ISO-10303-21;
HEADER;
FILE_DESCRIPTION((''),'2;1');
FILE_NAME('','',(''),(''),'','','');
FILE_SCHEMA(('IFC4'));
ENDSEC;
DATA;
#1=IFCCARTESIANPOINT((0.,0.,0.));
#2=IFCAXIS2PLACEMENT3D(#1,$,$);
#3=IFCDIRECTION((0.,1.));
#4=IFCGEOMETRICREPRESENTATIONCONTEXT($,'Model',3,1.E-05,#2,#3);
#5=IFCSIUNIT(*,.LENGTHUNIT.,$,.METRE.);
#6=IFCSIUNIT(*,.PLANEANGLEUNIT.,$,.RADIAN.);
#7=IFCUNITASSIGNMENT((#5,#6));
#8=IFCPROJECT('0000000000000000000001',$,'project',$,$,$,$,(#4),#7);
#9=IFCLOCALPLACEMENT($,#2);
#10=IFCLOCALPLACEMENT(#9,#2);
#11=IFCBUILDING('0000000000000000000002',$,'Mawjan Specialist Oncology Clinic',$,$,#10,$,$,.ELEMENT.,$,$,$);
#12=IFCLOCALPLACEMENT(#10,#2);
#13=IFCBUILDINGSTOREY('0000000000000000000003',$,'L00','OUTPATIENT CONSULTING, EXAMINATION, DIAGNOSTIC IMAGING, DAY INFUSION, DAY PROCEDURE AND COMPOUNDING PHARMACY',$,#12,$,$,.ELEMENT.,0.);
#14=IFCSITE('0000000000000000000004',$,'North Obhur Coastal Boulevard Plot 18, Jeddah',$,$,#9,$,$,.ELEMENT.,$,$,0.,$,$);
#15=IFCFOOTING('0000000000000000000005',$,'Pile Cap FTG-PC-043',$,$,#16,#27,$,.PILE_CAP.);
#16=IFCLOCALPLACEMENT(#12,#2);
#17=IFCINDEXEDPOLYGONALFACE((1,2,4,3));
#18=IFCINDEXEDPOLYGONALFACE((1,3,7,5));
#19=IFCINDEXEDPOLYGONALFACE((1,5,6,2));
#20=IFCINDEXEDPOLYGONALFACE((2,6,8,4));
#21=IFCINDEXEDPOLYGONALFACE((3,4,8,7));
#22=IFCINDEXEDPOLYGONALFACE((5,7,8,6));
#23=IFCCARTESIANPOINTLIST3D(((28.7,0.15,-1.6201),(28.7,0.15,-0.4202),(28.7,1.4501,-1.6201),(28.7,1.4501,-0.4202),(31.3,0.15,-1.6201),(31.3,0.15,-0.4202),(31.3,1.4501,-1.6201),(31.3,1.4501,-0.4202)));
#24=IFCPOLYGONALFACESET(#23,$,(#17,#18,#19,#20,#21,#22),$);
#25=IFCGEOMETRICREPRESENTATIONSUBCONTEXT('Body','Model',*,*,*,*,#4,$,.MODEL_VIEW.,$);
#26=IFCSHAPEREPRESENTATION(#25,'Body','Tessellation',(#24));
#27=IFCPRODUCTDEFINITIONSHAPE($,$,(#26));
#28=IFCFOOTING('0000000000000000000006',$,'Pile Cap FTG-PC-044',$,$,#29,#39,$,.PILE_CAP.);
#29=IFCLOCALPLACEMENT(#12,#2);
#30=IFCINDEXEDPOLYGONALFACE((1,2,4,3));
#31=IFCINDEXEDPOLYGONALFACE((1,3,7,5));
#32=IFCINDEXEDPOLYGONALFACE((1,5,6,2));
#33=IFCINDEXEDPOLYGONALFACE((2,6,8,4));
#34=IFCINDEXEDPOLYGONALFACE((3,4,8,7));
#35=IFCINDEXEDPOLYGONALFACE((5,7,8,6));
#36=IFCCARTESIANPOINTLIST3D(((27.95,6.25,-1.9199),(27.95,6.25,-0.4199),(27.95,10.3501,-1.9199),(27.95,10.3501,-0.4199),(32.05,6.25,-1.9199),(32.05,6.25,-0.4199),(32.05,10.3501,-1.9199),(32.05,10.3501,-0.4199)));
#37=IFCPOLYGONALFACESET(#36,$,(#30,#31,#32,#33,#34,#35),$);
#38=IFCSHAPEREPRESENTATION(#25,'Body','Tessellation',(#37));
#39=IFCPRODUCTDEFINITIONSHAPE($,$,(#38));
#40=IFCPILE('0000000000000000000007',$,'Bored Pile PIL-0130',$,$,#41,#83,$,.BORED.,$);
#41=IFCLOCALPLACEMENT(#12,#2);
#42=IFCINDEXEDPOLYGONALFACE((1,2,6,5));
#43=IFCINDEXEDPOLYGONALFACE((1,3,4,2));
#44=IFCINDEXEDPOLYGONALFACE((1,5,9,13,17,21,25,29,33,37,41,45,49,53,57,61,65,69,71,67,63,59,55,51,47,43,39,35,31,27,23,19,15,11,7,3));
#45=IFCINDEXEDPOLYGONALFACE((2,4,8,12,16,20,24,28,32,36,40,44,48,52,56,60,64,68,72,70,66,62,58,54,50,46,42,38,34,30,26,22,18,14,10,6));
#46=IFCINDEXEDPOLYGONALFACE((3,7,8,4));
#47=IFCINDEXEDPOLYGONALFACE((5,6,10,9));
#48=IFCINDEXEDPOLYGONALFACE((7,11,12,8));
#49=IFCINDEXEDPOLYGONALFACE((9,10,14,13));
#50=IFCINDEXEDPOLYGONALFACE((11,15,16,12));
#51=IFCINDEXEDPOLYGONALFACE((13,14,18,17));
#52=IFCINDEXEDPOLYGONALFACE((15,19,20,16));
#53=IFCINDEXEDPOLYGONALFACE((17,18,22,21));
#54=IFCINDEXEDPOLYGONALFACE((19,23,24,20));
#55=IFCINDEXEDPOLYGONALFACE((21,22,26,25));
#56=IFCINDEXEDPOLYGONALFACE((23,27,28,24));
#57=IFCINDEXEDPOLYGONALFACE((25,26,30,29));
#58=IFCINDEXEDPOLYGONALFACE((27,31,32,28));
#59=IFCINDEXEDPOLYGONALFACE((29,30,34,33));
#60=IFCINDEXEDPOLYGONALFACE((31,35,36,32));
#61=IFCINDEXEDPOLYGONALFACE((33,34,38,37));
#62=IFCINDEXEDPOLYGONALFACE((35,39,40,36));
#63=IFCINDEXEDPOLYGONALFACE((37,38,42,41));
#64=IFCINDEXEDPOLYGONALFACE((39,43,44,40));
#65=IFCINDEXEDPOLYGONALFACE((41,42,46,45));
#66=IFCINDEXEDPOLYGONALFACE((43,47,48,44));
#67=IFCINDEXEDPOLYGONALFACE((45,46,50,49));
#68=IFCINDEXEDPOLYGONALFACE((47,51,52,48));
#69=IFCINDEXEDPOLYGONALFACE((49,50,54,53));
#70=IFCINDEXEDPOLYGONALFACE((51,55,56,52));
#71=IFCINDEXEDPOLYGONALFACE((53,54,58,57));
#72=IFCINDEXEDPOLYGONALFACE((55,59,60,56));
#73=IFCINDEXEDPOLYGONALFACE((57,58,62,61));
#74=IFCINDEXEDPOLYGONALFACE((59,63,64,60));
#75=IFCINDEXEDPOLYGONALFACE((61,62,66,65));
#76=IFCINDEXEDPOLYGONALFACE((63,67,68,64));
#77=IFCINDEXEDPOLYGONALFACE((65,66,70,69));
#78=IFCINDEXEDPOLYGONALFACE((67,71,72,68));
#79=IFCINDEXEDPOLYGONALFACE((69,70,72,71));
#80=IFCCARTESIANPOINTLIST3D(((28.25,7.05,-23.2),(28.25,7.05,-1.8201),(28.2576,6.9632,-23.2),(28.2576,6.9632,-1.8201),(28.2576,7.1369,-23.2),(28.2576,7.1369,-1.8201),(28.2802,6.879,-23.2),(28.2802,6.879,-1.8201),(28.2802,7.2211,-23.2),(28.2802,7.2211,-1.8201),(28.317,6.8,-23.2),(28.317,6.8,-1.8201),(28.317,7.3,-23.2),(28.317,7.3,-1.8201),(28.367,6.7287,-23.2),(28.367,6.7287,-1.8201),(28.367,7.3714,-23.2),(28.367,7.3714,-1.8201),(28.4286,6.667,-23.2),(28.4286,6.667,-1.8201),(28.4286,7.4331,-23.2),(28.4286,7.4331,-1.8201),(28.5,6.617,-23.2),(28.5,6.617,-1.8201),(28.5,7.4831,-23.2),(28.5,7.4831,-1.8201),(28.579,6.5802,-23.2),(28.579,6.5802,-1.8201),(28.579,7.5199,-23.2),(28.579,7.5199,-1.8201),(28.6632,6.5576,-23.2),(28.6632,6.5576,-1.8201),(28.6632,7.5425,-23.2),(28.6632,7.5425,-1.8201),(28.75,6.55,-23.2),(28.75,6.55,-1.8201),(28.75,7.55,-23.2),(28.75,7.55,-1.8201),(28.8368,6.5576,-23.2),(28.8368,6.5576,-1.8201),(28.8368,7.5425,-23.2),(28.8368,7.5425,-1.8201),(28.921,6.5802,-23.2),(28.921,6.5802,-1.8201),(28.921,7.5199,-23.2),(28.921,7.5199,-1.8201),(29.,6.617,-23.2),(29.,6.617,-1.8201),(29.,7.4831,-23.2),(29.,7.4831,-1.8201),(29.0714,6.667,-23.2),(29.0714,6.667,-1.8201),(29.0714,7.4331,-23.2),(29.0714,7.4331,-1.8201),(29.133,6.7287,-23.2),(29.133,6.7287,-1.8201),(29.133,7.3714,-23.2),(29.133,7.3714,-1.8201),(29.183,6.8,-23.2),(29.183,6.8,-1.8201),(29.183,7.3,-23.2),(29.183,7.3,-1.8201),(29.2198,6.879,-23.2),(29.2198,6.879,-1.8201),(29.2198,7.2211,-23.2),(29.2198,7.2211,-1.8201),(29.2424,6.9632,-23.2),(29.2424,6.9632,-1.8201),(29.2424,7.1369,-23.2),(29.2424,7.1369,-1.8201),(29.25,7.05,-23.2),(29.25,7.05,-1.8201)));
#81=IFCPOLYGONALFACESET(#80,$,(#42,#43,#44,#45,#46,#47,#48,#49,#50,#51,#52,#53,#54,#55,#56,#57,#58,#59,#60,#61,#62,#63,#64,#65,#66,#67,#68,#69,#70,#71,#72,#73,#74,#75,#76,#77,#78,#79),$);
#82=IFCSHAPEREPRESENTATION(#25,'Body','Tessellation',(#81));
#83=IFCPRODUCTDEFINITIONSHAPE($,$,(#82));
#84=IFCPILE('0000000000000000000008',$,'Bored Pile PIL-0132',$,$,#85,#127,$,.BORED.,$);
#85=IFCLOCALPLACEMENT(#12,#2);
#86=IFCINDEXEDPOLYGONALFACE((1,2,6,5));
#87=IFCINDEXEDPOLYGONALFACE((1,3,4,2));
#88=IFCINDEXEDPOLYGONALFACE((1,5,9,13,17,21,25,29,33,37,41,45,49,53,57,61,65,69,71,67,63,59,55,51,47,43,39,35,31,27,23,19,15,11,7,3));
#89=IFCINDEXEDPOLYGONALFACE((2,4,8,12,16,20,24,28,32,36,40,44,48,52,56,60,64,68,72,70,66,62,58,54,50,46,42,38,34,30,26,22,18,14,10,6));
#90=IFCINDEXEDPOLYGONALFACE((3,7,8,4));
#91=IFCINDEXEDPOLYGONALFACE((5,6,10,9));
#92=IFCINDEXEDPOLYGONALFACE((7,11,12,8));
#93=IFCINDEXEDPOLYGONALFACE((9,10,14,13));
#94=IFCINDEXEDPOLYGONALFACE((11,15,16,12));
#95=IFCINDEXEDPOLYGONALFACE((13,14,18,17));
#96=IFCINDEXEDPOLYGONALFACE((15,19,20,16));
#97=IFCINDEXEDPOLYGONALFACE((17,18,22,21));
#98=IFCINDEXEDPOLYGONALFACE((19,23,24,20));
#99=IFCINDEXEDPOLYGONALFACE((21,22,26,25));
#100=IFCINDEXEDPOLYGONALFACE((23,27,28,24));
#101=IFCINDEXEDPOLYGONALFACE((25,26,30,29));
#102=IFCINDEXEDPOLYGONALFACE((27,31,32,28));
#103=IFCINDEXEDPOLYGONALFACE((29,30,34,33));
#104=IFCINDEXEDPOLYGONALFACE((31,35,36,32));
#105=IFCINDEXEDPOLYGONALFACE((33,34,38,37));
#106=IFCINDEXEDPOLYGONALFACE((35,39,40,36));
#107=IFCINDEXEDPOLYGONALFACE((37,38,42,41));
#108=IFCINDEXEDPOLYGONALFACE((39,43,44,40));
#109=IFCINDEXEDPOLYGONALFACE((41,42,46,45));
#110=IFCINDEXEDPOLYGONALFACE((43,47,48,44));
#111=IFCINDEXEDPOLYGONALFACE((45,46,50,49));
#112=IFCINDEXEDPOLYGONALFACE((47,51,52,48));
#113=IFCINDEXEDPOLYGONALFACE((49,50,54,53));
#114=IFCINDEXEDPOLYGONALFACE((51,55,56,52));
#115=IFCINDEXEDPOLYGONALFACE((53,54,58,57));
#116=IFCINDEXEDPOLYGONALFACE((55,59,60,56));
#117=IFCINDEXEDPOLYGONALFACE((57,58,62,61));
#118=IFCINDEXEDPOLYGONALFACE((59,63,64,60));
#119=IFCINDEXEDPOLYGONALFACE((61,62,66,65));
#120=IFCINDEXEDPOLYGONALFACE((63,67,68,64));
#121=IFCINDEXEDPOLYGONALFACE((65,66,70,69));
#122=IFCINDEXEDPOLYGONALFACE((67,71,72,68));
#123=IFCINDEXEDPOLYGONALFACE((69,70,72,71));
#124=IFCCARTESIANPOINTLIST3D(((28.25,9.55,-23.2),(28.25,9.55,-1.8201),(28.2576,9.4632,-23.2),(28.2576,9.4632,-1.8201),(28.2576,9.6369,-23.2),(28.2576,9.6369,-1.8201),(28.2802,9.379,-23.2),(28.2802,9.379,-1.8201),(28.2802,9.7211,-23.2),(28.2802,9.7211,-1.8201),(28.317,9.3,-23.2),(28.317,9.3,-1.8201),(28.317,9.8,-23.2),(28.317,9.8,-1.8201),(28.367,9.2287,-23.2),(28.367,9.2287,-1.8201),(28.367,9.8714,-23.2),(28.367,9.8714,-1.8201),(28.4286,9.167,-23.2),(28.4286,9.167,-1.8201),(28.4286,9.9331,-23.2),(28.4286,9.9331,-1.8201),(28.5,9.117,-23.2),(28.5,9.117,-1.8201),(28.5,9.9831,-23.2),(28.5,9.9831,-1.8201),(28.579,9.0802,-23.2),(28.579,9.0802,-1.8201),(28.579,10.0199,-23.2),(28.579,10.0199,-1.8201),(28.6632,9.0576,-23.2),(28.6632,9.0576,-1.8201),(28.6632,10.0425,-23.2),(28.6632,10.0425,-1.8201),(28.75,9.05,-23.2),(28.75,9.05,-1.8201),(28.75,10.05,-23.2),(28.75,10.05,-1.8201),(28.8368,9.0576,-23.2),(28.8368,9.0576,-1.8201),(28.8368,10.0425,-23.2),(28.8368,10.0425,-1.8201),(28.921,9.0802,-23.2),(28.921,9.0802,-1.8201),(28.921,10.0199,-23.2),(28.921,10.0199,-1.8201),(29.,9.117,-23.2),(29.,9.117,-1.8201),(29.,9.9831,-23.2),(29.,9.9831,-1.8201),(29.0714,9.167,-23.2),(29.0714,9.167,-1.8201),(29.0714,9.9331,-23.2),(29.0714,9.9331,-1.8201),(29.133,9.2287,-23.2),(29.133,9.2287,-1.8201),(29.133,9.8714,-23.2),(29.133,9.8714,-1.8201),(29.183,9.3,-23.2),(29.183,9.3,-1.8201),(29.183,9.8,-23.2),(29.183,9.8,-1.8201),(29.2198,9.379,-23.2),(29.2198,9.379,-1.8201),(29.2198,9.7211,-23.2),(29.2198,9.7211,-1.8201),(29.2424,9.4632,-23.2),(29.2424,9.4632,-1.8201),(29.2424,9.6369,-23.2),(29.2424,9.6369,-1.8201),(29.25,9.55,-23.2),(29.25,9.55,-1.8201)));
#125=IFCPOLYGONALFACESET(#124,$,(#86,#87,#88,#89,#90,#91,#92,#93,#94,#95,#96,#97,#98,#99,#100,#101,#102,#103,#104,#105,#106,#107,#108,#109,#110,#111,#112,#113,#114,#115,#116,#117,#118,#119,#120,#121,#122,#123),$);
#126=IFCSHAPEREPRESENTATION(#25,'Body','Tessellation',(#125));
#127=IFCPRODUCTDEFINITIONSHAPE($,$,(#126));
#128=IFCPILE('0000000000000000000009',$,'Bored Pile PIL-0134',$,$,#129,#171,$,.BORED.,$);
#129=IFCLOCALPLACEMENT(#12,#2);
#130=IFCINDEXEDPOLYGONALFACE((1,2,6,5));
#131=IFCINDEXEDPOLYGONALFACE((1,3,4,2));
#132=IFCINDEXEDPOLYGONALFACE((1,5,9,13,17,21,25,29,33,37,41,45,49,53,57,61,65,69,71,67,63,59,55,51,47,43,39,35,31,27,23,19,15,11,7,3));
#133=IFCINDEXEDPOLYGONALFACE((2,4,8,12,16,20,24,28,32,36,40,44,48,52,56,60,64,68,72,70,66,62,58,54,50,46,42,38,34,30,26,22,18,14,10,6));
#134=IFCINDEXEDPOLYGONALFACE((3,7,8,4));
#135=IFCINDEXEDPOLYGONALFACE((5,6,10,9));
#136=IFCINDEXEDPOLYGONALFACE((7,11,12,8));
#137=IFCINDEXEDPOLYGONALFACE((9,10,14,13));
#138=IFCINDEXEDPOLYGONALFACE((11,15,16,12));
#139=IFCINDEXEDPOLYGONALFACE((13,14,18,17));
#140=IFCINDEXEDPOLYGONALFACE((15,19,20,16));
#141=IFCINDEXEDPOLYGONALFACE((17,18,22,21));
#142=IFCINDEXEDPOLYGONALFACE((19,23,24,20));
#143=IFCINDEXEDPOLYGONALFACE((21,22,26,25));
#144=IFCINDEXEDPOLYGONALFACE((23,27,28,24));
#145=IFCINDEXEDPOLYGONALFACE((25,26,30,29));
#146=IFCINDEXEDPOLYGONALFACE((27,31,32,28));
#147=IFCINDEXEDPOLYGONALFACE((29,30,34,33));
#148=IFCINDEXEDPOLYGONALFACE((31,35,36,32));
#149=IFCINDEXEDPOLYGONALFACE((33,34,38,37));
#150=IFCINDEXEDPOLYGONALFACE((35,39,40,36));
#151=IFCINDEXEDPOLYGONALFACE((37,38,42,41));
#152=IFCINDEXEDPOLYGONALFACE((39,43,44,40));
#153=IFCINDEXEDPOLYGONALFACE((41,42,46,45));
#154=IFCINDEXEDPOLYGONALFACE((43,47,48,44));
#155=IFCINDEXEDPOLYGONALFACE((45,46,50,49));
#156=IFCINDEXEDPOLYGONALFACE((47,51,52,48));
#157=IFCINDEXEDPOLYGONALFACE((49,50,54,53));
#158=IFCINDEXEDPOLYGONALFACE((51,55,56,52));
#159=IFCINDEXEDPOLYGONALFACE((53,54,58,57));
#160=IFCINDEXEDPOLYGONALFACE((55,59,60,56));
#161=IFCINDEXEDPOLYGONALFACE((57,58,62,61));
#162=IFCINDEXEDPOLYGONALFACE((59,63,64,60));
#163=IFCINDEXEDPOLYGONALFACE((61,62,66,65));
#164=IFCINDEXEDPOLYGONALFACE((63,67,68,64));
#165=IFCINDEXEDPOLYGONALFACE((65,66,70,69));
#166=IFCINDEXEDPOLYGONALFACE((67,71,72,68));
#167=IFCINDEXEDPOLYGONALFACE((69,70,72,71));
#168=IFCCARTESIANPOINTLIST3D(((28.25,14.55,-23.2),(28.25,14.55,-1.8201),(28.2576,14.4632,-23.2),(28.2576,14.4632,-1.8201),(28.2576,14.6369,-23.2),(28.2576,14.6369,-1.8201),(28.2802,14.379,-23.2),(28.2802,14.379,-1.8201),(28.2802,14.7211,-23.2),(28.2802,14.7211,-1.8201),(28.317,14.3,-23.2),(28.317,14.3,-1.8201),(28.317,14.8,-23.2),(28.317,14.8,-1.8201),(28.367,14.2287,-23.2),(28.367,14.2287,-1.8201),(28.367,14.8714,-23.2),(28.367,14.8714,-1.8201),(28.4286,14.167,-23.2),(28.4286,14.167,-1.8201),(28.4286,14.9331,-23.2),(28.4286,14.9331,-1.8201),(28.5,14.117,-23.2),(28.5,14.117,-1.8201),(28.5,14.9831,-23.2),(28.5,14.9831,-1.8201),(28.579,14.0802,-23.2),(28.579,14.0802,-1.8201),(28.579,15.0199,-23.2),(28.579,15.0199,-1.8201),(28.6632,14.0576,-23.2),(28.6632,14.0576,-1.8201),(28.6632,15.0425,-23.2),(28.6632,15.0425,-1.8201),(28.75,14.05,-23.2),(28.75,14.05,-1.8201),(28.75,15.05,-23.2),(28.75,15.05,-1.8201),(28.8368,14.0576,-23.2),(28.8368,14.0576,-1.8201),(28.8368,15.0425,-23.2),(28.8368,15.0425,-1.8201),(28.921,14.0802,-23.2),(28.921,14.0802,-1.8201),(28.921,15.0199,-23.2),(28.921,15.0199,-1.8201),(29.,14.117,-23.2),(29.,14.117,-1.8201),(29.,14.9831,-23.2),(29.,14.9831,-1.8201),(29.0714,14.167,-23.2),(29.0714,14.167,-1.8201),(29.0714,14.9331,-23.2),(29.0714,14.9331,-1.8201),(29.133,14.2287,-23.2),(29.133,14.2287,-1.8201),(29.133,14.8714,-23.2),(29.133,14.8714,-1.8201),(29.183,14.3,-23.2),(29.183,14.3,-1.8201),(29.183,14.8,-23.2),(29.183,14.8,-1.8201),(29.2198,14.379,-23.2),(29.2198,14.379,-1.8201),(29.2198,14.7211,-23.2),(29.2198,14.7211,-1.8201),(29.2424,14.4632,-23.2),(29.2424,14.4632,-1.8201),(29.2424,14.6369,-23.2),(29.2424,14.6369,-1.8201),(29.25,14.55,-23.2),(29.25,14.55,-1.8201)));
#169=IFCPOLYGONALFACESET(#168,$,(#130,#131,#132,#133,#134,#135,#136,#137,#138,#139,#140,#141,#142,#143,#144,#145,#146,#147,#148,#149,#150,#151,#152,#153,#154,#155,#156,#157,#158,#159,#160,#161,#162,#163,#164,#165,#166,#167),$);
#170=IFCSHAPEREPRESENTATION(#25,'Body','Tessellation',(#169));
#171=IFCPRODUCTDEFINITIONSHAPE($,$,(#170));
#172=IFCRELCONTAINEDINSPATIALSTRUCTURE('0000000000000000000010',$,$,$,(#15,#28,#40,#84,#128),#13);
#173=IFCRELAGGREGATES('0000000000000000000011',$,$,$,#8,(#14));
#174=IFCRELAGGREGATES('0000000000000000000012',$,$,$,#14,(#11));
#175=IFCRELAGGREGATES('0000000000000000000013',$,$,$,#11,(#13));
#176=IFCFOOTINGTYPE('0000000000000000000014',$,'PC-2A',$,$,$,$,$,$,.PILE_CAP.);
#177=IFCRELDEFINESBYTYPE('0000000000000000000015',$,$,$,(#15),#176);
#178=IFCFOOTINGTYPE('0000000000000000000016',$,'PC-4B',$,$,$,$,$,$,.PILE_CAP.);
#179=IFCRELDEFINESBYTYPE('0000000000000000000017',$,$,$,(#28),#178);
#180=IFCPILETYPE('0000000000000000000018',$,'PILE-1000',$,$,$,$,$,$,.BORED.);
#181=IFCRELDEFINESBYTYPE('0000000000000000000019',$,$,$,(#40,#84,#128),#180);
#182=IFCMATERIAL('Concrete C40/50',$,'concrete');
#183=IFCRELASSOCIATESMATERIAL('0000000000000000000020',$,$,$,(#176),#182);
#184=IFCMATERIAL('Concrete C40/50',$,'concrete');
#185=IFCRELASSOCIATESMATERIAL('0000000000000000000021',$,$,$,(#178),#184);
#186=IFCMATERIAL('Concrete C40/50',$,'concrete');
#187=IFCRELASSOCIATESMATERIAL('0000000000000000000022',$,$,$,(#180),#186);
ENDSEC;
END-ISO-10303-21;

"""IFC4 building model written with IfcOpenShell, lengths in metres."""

from ifc_helpers import new_model, si_unit, direction, frame, origin, origin_2d, place, context, subcontext, project, spatial, rectangle, circle, extrude, material, material_profile, profile_set, type_object, element, save


model = new_model("IFC4")

# Units and contexts
model_context = context("Model", 3, precision=1e-05, world=origin(), true_north=direction((0.0, 1.0)))
body_context = subcontext(model_context, "Body", "Model", "MODEL_VIEW")
ifc_project = project(units=[si_unit("LENGTHUNIT", "METRE"), si_unit("PLANEANGLEUNIT", "RADIAN")], contexts=[model_context])

# Site, building, storey
site_placement = place(None, origin())
site = spatial("IfcSite", under=ifc_project, at=site_placement, Name="North Obhur Coastal Boulevard Plot 18, Jeddah", CompositionType="ELEMENT", RefElevation=0.0)
building_placement = place(site_placement, origin())
building = spatial("IfcBuilding", under=site, at=building_placement, Name="Mawjan Specialist Oncology Clinic", CompositionType="ELEMENT")
storey_placement = place(building_placement, origin())
storey = spatial("IfcBuildingStorey", under=building, at=storey_placement, Name="L00", Description="OUTPATIENT CONSULTING, EXAMINATION, DIAGNOSTIC IMAGING, DAY INFUSION, DAY PROCEDURE AND COMPOUNDING PHARMACY", CompositionType="ELEMENT", Elevation=0.0)

# Footings
ifc_material_1 = material(Name="Concrete C40/50", Category="concrete")
footing_type_1 = type_object("IfcFootingType", Name="PC-2A", PredefinedType="PILE_CAP", material=ifc_material_1)
footing_1_placement = place(storey_placement, frame((30.0, 0.8, -1.6201), z_axis=(0.0, 0.0, 1.0), x_axis=(1.0, 0.0, 0.0)))
element("IfcFooting", 1, at=footing_1_placement, inside=storey, type_object=footing_type_1, Name="Pile Cap FTG-PC-043", PredefinedType="PILE_CAP", context=body_context, shape_type="SweptSolid", body=[
    extrude(rectangle(XDim=2.6001, YDim=1.3, at=origin_2d()), origin(), (0.0, 0.0, 1.0), 1.2),
])
ifc_material_2 = material(Name="Concrete C40/50", Category="concrete")
footing_type_2 = type_object("IfcFootingType", Name="PC-4B", PredefinedType="PILE_CAP", material=ifc_material_2)
footing_2_placement = place(storey_placement, frame((30.0, 8.3, -1.9199), z_axis=(0.0, 0.0, 1.0), x_axis=(1.0, 0.0, 0.0)))
element("IfcFooting", 2, at=footing_2_placement, inside=storey, type_object=footing_type_2, Name="Pile Cap FTG-PC-044", PredefinedType="PILE_CAP", context=body_context, shape_type="SweptSolid", body=[
    extrude(rectangle(XDim=4.1001, YDim=4.1001, at=origin_2d()), origin(), (0.0, 0.0, 1.0), 1.5),
])

# Piles
ifc_material_3 = material(Name="Concrete C40/50", Category="concrete")
ifc_material_profile_1 = material_profile(ifc_material_3, circle(Radius=0.5, at=origin_2d()), Name="BORED PILE D1000", Category="concrete")
ifc_profile_set_1 = profile_set([ifc_material_profile_1], Name="Concrete C40/50")
pile_type_1 = type_object("IfcPileType", Name="PILE-1000", PredefinedType="BORED", material=ifc_profile_set_1)
for number, where, z_axis, x_axis, name in (
    (3, (28.75, 7.05, -1.8201), (0.0, 0.0, -1.0), (1.0, 0.0, 0.0), "Bored Pile PIL-0130"),
    (4, (28.75, 9.55, -1.8201), (0.0, 0.0, -1.0), (1.0, 0.0, 0.0), "Bored Pile PIL-0132"),
    (5, (28.75, 14.55, -1.8201), (0.0, 0.0, -1.0), (1.0, 0.0, 0.0), "Bored Pile PIL-0134"),
):
    element("IfcPile", number, at=place(storey_placement, frame(where, z_axis=z_axis, x_axis=x_axis)), inside=storey, type_object=pile_type_1, Name=name, PredefinedType="BORED", context=body_context, shape_type="SweptSolid", body=[
        extrude(circle(Radius=0.5, at=origin_2d()), origin(), (0.0, 0.0, 1.0), 21.3799),
    ])

save(model, "model.ifc")
